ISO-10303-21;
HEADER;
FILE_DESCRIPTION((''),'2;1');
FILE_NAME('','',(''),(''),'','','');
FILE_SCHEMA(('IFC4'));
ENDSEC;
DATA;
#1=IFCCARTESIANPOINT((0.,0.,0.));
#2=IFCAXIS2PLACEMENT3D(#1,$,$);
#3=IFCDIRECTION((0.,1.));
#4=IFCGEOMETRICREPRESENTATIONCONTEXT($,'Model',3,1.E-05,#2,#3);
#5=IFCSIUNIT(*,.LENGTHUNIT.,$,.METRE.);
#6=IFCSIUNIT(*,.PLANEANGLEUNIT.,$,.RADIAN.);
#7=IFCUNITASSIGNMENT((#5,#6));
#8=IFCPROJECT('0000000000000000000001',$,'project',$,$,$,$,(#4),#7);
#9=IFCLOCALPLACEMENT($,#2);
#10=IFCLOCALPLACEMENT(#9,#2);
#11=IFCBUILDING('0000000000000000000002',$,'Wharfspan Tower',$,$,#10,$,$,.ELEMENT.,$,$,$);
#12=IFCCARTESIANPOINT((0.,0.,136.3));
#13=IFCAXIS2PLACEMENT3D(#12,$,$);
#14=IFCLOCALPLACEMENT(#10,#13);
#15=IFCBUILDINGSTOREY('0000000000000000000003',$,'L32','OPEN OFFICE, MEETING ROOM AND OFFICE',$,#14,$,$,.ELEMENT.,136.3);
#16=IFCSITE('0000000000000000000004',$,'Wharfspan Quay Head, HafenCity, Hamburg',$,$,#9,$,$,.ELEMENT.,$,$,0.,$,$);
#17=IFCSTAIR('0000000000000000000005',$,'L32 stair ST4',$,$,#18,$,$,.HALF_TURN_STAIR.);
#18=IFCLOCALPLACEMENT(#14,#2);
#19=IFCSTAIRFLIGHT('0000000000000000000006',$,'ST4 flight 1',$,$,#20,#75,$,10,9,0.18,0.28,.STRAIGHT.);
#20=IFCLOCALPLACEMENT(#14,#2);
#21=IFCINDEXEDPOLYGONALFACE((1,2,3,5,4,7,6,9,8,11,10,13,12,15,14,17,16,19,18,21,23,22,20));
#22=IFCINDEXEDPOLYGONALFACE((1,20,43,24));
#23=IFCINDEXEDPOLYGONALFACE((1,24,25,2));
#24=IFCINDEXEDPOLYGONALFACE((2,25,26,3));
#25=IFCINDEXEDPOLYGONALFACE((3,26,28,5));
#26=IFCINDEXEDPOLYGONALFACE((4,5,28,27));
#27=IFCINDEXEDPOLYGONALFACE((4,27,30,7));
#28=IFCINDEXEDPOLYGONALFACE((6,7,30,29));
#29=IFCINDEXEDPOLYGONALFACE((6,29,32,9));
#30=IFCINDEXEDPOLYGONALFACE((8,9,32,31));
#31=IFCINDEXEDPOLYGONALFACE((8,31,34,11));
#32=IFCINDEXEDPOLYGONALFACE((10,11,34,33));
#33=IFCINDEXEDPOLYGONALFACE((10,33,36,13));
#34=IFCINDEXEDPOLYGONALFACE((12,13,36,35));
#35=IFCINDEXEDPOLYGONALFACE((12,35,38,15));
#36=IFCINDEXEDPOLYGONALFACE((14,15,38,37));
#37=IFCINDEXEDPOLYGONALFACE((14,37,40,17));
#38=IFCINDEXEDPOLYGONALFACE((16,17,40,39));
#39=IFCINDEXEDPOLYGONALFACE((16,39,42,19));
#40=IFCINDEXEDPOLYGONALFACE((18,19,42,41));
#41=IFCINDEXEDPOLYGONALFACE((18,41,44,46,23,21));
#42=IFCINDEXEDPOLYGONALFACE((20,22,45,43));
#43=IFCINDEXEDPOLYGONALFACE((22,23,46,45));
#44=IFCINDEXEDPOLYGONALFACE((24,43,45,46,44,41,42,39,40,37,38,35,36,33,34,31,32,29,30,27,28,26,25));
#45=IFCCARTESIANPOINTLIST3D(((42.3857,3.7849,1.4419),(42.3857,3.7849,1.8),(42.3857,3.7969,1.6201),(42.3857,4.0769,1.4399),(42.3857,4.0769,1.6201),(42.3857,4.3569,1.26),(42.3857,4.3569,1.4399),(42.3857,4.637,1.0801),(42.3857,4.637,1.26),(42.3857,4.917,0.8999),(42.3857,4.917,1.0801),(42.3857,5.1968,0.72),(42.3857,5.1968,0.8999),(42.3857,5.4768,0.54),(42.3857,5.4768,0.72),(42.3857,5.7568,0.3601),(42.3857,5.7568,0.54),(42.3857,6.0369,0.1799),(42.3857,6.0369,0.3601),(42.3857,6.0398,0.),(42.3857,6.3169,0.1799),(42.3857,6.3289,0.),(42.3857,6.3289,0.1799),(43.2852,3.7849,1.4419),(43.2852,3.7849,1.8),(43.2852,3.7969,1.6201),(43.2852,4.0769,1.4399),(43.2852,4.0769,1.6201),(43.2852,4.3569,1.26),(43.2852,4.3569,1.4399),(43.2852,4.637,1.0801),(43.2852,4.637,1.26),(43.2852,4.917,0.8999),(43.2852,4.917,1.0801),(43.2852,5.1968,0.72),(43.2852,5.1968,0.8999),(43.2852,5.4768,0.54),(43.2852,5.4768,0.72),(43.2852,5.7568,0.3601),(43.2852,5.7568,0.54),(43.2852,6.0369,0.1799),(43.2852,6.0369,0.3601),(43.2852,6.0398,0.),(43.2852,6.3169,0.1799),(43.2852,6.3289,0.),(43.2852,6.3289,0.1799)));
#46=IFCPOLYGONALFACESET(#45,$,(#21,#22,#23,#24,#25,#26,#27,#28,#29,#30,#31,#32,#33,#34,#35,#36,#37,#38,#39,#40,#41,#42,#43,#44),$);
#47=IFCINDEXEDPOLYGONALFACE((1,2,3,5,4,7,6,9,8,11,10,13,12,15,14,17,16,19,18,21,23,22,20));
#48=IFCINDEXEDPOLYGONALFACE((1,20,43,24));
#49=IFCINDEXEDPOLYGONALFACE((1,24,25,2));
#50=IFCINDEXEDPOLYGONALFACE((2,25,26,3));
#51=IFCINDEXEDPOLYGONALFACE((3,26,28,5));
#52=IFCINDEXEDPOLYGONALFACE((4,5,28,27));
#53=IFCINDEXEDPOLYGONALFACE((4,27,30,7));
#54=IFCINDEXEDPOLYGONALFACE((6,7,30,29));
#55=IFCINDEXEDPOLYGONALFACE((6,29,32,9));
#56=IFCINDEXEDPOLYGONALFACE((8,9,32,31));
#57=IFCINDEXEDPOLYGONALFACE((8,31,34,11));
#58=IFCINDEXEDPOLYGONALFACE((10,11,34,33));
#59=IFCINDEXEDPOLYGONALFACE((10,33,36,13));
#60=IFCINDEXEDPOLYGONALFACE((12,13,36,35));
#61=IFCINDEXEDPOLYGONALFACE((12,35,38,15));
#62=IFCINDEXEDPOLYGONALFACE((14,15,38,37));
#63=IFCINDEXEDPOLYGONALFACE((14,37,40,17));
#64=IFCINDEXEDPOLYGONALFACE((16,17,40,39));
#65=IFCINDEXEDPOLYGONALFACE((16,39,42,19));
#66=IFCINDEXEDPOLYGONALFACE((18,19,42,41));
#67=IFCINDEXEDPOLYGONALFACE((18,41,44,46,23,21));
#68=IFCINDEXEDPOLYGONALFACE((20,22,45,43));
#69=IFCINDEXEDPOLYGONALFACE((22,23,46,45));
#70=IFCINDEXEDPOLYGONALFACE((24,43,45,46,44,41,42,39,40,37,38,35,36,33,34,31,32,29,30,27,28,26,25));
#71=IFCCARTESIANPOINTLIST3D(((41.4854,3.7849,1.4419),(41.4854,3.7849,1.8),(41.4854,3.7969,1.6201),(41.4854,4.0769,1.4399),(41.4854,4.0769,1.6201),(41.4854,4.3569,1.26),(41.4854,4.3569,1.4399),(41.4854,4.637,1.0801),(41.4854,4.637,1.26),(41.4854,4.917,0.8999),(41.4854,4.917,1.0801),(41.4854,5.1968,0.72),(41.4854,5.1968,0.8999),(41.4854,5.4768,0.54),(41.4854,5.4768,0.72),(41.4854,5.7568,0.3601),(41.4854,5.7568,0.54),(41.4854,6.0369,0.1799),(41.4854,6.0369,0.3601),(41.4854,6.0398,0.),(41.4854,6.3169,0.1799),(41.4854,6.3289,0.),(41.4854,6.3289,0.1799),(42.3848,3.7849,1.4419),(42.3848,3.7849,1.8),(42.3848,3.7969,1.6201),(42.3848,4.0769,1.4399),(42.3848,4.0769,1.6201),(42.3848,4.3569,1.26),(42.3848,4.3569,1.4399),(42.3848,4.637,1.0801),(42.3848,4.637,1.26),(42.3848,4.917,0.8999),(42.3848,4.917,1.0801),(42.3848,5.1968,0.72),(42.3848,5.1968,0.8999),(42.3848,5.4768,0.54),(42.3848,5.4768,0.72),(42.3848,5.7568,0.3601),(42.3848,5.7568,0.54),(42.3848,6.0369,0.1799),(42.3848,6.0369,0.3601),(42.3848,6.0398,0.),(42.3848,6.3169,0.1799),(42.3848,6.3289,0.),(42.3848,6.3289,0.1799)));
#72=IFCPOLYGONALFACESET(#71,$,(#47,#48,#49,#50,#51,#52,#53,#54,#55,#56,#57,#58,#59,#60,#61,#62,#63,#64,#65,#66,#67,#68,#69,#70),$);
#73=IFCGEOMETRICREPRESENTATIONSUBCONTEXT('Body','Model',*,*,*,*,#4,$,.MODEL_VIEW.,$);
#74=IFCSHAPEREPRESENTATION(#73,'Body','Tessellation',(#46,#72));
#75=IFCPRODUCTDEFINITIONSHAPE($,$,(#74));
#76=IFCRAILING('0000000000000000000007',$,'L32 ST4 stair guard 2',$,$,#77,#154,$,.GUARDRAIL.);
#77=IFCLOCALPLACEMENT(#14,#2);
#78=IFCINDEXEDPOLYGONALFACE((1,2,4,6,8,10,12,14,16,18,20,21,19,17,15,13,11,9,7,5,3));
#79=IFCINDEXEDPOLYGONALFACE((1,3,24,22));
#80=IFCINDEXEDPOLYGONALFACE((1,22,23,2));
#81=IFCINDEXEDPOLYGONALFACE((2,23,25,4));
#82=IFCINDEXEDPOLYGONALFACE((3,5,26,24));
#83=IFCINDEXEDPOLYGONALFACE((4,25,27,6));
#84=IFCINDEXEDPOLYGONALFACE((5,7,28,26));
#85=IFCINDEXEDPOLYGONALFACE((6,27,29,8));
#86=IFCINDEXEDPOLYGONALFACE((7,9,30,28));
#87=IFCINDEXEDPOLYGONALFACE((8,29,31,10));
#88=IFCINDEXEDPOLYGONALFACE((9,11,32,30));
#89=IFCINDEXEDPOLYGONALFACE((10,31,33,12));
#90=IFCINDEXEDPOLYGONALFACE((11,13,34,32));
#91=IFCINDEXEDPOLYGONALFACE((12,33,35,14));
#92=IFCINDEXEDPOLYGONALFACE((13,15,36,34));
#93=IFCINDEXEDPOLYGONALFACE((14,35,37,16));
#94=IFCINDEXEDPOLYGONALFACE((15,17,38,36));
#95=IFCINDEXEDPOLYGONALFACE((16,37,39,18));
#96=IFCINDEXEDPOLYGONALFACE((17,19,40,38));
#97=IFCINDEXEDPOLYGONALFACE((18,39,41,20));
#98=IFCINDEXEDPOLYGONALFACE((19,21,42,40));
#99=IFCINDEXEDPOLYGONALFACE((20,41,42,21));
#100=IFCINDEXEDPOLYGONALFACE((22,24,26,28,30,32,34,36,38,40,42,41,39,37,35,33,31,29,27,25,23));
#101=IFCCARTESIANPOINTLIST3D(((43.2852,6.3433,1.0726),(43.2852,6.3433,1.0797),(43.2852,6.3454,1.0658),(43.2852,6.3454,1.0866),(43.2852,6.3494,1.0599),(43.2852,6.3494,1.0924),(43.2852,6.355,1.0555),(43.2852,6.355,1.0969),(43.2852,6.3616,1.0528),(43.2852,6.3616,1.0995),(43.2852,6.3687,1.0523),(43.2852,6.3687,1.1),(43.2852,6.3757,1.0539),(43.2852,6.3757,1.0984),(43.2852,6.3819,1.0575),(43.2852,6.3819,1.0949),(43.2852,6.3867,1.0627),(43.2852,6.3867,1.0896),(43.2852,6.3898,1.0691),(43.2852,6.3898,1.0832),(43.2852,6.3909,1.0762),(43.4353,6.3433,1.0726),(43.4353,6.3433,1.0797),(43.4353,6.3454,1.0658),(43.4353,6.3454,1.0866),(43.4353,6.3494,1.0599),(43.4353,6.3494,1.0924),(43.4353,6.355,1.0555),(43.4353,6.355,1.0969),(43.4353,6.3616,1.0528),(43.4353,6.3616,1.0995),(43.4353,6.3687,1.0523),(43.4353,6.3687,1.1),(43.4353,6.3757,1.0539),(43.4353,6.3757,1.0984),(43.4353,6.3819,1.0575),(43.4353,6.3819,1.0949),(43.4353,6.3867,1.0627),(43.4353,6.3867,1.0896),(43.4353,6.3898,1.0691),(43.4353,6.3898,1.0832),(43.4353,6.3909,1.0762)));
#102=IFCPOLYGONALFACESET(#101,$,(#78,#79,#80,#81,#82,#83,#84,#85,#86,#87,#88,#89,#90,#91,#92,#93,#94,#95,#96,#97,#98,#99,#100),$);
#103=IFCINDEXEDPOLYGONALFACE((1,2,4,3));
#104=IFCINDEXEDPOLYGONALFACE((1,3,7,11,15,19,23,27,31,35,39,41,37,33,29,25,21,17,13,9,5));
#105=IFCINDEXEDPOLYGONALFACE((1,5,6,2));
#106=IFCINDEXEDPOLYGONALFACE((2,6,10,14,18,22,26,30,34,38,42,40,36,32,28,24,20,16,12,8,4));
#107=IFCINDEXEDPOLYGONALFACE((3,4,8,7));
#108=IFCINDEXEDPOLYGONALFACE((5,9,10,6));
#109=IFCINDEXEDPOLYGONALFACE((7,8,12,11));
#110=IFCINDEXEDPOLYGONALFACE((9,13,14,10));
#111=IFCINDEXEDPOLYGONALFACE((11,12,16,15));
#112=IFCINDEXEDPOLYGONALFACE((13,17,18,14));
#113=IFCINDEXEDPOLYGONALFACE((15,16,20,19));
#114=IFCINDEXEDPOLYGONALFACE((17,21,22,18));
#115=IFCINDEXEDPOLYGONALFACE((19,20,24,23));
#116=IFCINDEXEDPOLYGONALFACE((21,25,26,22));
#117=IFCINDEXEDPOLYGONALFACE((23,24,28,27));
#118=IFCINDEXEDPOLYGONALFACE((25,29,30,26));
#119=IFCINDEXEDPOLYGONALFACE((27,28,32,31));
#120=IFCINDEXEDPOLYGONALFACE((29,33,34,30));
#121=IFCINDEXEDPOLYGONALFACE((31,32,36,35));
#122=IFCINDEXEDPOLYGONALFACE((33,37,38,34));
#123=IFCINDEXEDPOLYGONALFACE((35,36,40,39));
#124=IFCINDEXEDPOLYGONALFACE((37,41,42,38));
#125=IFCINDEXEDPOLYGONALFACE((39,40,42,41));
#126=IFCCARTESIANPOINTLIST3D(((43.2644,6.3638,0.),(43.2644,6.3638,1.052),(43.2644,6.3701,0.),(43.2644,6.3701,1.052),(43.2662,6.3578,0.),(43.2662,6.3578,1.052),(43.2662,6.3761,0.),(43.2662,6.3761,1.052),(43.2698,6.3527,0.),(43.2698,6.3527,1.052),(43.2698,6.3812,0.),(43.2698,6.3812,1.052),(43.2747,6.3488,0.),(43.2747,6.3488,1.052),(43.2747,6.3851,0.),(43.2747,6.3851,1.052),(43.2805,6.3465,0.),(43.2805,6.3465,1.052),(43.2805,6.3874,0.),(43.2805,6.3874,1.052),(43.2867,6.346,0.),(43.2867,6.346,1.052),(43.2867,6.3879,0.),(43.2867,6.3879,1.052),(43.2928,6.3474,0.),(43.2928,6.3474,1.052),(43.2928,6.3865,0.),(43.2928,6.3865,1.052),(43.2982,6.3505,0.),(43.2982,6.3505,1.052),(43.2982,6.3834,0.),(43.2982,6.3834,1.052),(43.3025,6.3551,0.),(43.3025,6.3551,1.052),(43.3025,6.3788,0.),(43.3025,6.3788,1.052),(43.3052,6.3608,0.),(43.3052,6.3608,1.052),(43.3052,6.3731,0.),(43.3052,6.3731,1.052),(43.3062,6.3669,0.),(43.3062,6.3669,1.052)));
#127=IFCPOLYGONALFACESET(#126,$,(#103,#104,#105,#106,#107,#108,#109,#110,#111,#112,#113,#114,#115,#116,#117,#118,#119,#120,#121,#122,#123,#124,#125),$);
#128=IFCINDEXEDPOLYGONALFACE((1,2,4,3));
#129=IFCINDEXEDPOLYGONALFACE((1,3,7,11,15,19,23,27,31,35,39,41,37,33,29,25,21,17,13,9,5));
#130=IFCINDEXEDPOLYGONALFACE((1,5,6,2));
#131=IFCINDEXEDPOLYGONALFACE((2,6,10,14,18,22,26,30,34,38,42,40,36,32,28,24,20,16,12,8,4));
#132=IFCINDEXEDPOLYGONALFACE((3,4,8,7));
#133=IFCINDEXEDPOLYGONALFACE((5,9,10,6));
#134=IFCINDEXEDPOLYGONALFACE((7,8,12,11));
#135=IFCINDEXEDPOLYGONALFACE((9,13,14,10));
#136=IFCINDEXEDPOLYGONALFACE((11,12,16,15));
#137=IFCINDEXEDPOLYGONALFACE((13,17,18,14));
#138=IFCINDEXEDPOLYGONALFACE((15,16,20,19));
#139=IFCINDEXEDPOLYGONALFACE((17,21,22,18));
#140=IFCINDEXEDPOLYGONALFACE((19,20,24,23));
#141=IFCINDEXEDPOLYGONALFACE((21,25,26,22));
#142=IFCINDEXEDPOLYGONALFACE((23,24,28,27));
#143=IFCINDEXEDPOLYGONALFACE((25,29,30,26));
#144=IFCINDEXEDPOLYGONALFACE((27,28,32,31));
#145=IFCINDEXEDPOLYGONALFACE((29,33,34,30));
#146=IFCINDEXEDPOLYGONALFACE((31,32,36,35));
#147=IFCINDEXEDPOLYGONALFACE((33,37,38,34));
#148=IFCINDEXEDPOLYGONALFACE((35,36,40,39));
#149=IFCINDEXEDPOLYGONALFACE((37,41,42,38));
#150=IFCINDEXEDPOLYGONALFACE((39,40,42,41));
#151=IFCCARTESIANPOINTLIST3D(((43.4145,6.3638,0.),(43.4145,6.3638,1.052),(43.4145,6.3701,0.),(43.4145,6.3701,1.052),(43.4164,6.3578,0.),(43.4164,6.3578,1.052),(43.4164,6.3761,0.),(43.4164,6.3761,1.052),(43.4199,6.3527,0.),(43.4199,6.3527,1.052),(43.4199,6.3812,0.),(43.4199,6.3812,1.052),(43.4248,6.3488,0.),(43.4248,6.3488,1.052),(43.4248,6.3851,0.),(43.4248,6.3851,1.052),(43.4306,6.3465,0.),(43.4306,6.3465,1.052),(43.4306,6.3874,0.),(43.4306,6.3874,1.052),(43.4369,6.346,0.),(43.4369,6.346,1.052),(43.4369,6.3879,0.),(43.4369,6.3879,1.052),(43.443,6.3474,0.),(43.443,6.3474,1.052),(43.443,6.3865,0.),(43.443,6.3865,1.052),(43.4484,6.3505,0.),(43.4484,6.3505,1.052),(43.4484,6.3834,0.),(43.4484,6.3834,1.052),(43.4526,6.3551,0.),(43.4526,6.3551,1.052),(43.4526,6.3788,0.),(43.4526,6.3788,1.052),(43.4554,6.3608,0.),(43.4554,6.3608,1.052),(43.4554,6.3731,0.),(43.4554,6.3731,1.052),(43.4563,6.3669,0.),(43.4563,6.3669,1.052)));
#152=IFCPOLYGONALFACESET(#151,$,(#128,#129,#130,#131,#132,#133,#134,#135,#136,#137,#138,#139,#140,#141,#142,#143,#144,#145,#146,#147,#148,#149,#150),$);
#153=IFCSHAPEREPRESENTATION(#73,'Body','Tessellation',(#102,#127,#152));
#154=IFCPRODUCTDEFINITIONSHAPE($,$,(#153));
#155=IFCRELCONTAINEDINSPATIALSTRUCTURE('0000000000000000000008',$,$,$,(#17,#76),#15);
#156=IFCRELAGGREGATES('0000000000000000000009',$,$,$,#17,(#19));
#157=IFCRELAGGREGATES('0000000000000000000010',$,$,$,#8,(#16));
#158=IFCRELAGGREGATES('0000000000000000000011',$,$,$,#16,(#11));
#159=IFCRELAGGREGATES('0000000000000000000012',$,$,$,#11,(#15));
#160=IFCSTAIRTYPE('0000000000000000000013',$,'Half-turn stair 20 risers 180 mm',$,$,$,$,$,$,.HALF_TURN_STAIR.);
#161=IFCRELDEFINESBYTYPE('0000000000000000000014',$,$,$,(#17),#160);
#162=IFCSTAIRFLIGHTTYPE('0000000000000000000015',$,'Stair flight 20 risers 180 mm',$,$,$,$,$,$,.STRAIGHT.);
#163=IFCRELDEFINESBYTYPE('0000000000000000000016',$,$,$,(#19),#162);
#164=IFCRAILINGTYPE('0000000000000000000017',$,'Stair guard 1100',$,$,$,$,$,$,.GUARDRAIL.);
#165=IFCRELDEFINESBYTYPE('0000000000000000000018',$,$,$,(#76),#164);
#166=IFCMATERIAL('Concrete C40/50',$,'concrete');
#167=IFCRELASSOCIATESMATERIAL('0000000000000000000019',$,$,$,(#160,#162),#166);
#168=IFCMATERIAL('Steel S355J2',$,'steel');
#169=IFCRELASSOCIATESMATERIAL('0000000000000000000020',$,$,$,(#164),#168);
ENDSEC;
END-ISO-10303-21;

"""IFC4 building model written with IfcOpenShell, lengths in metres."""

from ifc_helpers import new_model, si_unit, direction, frame, origin, origin_2d, place, context, subcontext, project, spatial, polyline, circle, outline, extrude, material, type_object, element, aggregate, save


model = new_model("IFC4")

# Units and contexts
model_context = context("Model", 3, precision=1e-05, world=origin(), true_north=direction((0.0, 1.0)))
body_context = subcontext(model_context, "Body", "Model", "MODEL_VIEW")
ifc_project = project(units=[si_unit("LENGTHUNIT", "METRE"), si_unit("PLANEANGLEUNIT", "RADIAN")], contexts=[model_context])

# Site, building, storey
site_placement = place(None, origin())
site = spatial("IfcSite", under=ifc_project, at=site_placement, Name="Wharfspan Quay Head, HafenCity, Hamburg", CompositionType="ELEMENT", RefElevation=0.0)
building_placement = place(site_placement, origin())
building = spatial("IfcBuilding", under=site, at=building_placement, Name="Wharfspan Tower", CompositionType="ELEMENT")
storey_placement = place(building_placement, frame((0.0, 0.0, 136.3)))
storey = spatial("IfcBuildingStorey", under=building, at=storey_placement, Name="L32", Description="OPEN OFFICE, MEETING ROOM AND OFFICE", CompositionType="ELEMENT", Elevation=136.3)

# Shared definitions
ifc_material_1 = material(Name="Steel S355J2", Category="steel")

# Stair, stair flight
ifc_material_2 = material(Name="Concrete C40/50", Category="concrete")
stair_type = type_object("IfcStairType", Name="Half-turn stair 20 risers 180 mm", PredefinedType="HALF_TURN_STAIR", material=ifc_material_2)
stair_placement = place(storey_placement, origin())
stair = element("IfcStair", 1, at=stair_placement, inside=storey, type_object=stair_type, Name="L32 stair ST4", PredefinedType="HALF_TURN_STAIR")
stair_flight_type = type_object("IfcStairFlightType", Name="Stair flight 20 risers 180 mm", PredefinedType="STRAIGHT", material=ifc_material_2)
stair_flight_placement = place(storey_placement, frame((42.3853, 6.3169, 0.0), z_axis=(0.0, 0.0, 1.0), x_axis=(0.0, -1.0, 0.0)))
stair_flight = element("IfcStairFlight", 2, at=stair_flight_placement, type_object=stair_flight_type, Name="ST4 flight 1", NumberOfRisers=10, NumberOfTreads=9, PredefinedType="STRAIGHT", RiserHeight=0.18, TreadLength=0.28, context=body_context, shape_type="SweptSolid", body=[
    extrude(outline(polyline([(-0.012, 0.0), (-0.012, 0.1799), (0.0, 0.1799), (0.28, 0.1799), (0.28, 0.3601), (0.5601, 0.3601), (0.5601, 0.54), (0.8401, 0.54), (0.8401, 0.72), (1.1201, 0.72), (1.1201, 0.8999), (1.3999, 0.8999), (1.3999, 1.0801), (1.6799, 1.0801), (1.6799, 1.26), (1.96, 1.26), (1.96, 1.4399), (2.24, 1.4399), (2.24, 1.6201), (2.52, 1.6201), (2.532, 1.8), (2.532, 1.4419), (0.2771, 0.0), (-0.012, 0.0)])), frame((0.0, 0.8999, 0.0), z_axis=(0.0, -1.0, 0.0), x_axis=(1.0, 0.0, 0.0)), (0.0, 0.0, 1.0), 0.8994),
    extrude(outline(polyline([(-0.012, 0.0), (-0.012, 0.1799), (0.0, 0.1799), (0.28, 0.1799), (0.28, 0.3601), (0.5601, 0.3601), (0.5601, 0.54), (0.8401, 0.54), (0.8401, 0.72), (1.1201, 0.72), (1.1201, 0.8999), (1.3999, 0.8999), (1.3999, 1.0801), (1.6799, 1.0801), (1.6799, 1.26), (1.96, 1.26), (1.96, 1.4399), (2.24, 1.4399), (2.24, 1.6201), (2.52, 1.6201), (2.532, 1.8), (2.532, 1.4419), (0.2771, 0.0), (-0.012, 0.0)])), frame((0.0, -0.0005, 0.0), z_axis=(0.0, -1.0, 0.0), x_axis=(1.0, 0.0, 0.0)), (0.0, 0.0, 1.0), 0.8994),
])
aggregate(stair, [stair_flight])

# Railing
railing_type = type_object("IfcRailingType", Name="Stair guard 1100", PredefinedType="GUARDRAIL", material=ifc_material_1)
railing_1_placement = place(storey_placement, frame((43.2852, 6.3669, 0.0)))
element("IfcRailing", 3, at=railing_1_placement, inside=storey, type_object=railing_type, Name="L32 ST4 stair guard 2", PredefinedType="GUARDRAIL", context=body_context, shape_type="SweptSolid", body=[
    extrude(circle(Radius=0.0239, at=origin_2d()), frame((0.0, 0.0, 1.0762), z_axis=(1.0, 0.0, 0.0), x_axis=(0.0, 1.0, 0.0)), (0.0, 0.0, 1.0), 0.1501),
    extrude(circle(Radius=0.021, at=origin_2d()), origin(), (0.0, 0.0, 1.0), 1.052),
    extrude(circle(Radius=0.021, at=origin_2d()), frame((0.1501, 0.0, 0.0)), (0.0, 0.0, 1.0), 1.052),
])

save(model, "model.ifc")
